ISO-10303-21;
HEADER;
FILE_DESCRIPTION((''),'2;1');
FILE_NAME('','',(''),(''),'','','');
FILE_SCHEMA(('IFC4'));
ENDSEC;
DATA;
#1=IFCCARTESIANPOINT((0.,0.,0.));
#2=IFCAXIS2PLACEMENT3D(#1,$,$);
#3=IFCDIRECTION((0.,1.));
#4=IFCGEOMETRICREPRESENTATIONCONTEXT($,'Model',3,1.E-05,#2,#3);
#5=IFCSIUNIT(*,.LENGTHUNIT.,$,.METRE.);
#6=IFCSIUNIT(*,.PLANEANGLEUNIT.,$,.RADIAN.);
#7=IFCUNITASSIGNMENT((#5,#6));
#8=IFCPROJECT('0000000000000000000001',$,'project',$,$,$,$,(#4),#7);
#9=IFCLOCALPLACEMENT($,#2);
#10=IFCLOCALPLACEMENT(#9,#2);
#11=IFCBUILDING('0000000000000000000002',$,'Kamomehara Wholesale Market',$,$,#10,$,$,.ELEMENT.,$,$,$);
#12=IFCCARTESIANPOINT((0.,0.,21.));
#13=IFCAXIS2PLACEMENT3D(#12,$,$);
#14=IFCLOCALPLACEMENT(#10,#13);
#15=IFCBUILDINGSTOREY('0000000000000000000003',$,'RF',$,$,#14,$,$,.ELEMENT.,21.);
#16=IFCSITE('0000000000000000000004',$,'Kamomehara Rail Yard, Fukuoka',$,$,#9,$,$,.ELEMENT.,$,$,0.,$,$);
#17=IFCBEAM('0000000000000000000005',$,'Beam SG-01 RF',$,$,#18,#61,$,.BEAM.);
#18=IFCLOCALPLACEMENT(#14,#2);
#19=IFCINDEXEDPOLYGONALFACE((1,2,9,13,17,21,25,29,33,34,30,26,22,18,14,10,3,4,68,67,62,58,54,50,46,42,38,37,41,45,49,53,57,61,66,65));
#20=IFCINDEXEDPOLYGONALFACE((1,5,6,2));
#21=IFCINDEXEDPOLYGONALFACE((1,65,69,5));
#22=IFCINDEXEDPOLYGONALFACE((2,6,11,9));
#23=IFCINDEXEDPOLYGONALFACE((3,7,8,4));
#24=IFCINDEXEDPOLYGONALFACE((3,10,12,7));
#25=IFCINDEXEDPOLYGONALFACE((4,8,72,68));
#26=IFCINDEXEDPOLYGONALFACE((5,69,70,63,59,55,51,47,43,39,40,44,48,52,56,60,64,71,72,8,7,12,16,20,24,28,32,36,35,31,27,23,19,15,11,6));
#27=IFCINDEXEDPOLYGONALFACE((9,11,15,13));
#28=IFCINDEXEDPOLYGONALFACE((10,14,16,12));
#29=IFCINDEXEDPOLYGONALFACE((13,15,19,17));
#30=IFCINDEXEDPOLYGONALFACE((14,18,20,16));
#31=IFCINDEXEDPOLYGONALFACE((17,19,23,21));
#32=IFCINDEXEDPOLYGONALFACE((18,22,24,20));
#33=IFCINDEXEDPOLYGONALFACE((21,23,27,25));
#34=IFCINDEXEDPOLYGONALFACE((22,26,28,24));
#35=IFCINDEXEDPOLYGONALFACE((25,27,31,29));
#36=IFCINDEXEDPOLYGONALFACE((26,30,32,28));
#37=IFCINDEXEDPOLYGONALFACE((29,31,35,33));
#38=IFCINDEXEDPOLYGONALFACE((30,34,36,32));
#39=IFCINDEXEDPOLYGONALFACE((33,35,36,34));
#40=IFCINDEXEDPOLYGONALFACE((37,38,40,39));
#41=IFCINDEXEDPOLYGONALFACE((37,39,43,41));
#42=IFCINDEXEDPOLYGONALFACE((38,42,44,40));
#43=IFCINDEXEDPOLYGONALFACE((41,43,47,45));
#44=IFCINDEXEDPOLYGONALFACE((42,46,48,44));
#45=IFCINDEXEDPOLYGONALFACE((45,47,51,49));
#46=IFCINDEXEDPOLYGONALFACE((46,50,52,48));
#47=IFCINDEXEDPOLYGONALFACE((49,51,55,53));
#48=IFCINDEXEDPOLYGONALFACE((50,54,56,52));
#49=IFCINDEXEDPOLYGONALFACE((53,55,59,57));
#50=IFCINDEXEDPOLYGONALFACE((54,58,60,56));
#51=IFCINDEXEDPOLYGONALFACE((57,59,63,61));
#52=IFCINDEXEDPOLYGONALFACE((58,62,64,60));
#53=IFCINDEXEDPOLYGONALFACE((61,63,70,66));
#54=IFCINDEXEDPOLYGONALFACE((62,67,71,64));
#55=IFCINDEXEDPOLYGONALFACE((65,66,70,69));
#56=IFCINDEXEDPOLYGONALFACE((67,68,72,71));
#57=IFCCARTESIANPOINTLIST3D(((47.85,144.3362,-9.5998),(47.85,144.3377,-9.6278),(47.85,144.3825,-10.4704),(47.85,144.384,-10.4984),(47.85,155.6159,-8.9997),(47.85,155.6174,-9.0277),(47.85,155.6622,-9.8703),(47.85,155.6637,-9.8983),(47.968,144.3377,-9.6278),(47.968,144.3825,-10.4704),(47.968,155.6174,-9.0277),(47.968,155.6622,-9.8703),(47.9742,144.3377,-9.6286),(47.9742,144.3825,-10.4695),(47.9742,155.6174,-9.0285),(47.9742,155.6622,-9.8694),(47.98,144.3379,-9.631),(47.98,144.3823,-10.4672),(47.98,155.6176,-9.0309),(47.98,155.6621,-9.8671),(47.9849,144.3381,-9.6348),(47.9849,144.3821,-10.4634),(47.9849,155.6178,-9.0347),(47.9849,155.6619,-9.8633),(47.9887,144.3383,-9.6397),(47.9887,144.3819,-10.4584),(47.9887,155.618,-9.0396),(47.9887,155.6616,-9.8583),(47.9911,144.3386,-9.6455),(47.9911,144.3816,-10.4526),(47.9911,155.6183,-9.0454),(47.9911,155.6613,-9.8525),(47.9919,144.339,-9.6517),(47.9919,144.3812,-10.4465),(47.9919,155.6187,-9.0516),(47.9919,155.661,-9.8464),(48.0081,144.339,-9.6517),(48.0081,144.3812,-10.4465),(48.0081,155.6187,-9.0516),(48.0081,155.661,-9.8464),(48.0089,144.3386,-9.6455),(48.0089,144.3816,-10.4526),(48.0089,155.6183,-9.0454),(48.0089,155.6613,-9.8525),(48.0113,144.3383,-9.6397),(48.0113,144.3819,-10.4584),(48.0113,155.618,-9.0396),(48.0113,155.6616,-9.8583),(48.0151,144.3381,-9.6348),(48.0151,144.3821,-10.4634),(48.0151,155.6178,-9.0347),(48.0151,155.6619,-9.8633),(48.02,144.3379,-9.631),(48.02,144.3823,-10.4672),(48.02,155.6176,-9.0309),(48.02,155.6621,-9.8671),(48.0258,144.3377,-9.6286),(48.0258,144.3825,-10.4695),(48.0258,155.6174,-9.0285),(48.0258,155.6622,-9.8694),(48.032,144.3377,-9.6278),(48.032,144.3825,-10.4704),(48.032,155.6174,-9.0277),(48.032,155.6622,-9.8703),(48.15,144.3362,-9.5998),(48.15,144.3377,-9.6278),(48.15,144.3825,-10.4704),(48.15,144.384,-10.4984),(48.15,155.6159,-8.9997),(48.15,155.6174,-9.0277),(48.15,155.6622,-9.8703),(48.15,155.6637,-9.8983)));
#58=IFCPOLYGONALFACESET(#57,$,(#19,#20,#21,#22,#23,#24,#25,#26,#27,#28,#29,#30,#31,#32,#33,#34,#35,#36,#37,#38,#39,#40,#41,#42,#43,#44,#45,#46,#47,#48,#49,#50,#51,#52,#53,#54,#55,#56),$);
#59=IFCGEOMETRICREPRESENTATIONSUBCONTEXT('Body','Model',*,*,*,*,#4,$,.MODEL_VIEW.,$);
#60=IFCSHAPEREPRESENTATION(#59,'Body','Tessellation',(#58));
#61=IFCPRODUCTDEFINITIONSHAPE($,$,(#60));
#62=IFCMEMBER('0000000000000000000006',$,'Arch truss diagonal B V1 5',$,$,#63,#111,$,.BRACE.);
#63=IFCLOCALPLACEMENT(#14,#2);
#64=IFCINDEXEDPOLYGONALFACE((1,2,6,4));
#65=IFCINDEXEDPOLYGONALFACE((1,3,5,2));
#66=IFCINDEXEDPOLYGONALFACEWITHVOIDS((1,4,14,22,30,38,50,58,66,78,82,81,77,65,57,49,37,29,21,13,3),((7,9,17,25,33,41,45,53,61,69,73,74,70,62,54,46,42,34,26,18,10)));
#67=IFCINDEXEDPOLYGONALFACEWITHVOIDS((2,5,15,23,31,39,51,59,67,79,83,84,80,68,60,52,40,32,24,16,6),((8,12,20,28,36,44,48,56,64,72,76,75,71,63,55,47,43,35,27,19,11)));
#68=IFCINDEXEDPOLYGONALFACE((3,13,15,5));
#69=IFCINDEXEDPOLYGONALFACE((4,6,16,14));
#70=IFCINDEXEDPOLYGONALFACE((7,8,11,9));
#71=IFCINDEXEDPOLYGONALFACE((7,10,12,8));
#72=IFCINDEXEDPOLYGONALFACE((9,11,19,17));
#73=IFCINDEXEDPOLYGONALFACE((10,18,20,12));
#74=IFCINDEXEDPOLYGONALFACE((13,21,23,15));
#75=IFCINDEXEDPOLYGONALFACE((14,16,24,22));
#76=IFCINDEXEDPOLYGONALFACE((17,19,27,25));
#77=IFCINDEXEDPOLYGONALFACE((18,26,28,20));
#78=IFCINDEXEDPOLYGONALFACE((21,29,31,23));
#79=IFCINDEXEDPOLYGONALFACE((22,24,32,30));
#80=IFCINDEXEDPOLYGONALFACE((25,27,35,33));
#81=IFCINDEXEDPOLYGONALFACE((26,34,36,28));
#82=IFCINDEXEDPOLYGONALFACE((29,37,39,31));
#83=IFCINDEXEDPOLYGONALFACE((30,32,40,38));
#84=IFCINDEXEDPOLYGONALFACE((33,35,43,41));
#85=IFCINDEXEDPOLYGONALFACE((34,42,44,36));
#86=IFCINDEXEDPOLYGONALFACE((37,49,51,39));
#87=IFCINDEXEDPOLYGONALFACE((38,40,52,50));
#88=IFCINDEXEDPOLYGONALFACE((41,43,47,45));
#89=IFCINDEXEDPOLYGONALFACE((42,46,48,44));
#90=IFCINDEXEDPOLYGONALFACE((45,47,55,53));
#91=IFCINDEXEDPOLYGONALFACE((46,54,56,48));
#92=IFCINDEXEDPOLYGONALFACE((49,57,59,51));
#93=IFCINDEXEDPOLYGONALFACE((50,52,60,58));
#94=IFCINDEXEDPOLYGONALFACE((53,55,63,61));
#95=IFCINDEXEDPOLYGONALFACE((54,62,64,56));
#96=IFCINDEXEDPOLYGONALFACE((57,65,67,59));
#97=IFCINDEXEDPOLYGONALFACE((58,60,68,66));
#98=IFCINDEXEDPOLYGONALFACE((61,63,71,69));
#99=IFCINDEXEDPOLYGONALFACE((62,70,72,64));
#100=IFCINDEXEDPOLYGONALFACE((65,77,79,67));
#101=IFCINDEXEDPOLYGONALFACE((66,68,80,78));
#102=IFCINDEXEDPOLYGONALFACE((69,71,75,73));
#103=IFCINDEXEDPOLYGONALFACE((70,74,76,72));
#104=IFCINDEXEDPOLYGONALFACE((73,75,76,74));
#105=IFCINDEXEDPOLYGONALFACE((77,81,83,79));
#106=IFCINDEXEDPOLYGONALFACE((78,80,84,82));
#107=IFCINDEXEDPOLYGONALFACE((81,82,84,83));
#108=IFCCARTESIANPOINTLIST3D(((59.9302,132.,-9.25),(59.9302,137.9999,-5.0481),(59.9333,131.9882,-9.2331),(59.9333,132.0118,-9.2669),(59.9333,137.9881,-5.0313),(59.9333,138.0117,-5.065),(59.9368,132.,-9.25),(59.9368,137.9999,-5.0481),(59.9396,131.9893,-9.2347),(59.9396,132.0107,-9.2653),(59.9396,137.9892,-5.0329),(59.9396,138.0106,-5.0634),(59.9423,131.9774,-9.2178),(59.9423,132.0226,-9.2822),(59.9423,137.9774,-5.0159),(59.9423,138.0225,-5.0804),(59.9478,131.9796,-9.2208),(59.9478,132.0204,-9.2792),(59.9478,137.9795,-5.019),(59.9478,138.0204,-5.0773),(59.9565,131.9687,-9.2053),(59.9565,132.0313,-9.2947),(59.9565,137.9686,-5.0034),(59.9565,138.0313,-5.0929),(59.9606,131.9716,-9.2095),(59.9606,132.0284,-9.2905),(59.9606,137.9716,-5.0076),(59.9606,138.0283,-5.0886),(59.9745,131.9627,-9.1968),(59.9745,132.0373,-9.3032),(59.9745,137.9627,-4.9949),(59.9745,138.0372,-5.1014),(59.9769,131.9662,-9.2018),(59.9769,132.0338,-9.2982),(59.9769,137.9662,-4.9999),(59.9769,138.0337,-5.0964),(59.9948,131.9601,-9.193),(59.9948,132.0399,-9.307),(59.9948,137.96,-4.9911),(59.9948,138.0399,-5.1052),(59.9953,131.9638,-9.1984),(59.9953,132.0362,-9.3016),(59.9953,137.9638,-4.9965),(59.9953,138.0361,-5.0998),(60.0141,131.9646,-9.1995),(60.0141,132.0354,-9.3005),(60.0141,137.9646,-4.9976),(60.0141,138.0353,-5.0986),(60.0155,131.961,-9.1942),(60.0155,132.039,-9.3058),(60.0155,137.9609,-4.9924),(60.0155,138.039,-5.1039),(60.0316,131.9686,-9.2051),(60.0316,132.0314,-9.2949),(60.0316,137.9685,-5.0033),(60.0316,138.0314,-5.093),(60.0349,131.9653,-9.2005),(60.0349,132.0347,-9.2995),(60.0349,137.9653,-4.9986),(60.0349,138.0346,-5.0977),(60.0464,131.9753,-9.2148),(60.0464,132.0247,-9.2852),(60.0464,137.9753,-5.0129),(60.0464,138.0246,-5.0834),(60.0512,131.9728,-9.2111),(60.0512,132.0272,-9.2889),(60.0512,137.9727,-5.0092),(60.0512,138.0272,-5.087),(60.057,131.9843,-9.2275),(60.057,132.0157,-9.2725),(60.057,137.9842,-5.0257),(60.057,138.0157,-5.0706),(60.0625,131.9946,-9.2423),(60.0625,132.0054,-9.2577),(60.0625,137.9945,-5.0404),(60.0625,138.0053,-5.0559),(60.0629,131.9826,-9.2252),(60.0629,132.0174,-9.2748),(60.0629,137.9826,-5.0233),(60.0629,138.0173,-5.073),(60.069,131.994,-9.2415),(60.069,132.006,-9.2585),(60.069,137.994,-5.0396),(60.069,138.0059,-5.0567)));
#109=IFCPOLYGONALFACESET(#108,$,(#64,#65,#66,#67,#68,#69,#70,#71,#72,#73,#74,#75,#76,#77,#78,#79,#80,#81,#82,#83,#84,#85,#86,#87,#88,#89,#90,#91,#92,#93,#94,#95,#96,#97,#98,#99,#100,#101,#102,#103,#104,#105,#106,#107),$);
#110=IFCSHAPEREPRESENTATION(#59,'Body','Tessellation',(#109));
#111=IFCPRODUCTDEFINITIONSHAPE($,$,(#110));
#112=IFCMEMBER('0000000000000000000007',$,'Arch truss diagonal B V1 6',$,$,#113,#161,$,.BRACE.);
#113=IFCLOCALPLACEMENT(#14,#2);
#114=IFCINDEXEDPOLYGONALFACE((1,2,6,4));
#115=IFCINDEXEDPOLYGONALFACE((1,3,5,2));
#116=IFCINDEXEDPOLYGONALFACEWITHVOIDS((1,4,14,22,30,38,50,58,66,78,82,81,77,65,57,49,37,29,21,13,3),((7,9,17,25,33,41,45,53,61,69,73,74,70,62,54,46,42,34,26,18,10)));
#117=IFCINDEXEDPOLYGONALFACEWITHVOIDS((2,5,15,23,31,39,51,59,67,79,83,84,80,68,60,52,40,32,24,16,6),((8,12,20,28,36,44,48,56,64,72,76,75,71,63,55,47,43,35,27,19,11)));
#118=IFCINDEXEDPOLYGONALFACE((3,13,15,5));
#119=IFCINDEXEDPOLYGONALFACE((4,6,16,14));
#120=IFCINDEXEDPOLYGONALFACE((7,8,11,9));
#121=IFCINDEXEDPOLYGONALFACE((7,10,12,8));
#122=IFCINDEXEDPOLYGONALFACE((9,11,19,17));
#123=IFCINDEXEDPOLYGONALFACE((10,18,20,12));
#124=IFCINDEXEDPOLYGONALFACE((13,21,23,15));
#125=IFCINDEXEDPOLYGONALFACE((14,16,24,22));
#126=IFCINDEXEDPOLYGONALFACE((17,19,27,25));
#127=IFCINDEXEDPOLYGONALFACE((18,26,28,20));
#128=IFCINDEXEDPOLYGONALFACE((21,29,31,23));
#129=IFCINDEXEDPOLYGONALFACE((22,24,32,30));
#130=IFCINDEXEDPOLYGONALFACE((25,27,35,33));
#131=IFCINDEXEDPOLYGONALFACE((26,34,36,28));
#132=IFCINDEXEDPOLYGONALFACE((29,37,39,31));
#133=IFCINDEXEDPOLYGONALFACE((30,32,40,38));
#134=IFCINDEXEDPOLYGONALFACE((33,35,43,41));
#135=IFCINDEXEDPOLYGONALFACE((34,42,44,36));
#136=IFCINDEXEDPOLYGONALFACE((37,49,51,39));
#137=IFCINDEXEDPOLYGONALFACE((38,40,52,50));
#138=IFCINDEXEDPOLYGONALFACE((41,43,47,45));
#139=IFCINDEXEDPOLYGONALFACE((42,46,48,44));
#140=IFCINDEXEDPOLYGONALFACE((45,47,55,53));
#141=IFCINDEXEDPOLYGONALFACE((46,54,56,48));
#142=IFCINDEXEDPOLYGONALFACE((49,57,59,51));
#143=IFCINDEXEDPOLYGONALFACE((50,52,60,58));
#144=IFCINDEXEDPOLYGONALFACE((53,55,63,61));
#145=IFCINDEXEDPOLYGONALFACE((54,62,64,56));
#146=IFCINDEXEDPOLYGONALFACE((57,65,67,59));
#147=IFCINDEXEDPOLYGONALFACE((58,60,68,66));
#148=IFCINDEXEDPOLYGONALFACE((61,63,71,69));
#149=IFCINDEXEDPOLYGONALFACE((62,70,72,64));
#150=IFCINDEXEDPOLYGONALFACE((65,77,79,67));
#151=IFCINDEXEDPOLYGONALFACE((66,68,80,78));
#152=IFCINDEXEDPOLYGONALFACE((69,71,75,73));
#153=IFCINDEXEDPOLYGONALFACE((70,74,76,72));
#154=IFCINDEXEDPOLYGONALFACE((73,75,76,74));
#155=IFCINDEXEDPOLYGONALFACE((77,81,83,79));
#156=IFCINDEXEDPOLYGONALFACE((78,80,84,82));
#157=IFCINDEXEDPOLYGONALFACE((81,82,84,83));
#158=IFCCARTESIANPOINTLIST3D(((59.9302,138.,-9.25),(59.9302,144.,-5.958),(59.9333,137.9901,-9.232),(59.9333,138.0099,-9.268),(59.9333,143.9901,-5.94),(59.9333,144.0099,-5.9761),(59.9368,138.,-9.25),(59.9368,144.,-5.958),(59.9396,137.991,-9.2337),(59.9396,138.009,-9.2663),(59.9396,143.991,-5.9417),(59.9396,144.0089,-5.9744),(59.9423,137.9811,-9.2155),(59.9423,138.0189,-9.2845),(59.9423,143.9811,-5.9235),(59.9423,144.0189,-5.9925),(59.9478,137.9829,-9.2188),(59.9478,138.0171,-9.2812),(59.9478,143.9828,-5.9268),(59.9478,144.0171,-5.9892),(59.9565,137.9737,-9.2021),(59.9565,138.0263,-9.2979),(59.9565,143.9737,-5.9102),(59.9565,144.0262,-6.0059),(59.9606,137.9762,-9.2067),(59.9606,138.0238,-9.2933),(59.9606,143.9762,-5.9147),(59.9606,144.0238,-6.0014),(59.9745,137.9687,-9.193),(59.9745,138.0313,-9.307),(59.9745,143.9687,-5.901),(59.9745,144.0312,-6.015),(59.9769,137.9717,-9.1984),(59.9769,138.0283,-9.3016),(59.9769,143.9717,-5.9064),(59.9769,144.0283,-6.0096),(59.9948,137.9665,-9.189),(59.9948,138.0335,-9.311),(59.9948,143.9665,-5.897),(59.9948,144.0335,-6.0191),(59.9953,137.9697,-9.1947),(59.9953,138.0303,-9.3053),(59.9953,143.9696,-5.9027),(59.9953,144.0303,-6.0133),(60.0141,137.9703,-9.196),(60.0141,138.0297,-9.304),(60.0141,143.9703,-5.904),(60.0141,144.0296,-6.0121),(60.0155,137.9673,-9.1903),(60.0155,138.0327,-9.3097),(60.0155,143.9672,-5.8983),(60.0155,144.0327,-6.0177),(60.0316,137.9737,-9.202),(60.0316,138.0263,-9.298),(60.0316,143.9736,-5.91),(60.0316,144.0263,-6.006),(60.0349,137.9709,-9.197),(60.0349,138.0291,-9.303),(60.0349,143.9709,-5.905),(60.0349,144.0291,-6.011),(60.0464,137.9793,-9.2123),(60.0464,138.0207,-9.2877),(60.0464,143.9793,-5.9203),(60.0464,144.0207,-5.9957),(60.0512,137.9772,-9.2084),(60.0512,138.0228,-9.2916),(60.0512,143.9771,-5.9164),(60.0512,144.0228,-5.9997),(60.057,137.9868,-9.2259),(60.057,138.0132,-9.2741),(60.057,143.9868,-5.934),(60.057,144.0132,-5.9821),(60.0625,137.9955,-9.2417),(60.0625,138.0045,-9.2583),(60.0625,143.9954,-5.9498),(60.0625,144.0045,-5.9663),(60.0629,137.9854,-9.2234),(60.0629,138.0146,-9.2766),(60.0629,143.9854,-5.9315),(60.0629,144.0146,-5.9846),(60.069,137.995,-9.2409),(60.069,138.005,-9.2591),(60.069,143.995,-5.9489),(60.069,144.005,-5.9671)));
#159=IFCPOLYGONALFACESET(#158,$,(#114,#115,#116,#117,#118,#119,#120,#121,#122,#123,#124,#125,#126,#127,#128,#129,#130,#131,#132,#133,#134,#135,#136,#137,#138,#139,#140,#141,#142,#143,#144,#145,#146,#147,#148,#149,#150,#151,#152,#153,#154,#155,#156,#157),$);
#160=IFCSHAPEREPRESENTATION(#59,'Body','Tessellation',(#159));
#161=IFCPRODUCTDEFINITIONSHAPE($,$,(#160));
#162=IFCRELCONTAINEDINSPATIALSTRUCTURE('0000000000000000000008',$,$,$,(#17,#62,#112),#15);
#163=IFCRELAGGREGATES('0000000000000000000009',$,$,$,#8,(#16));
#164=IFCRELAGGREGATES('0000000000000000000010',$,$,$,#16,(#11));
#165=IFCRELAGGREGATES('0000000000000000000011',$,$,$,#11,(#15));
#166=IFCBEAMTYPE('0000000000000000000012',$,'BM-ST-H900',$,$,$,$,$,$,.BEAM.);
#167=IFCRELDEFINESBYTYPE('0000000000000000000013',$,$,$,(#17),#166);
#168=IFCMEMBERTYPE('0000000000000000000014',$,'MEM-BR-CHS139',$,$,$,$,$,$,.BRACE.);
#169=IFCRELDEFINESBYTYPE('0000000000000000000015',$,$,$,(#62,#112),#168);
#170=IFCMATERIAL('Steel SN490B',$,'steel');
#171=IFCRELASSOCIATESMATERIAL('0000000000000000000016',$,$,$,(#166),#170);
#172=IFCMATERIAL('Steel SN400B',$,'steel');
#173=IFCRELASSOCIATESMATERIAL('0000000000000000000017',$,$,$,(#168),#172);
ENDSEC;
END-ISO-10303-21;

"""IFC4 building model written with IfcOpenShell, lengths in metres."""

from ifc_helpers import new_model, si_unit, direction, frame, origin, origin_2d, place, context, subcontext, project, spatial, hollow_circle, i_section, extrude, material, material_profile, profile_set, type_object, element, save


model = new_model("IFC4")

# Units and contexts
model_context = context("Model", 3, precision=1e-05, world=origin(), true_north=direction((0.0, 1.0)))
body_context = subcontext(model_context, "Body", "Model", "MODEL_VIEW")
ifc_project = project(units=[si_unit("LENGTHUNIT", "METRE"), si_unit("PLANEANGLEUNIT", "RADIAN")], contexts=[model_context])

# Site, building, storey
site_placement = place(None, origin())
site = spatial("IfcSite", under=ifc_project, at=site_placement, Name="Kamomehara Rail Yard, Fukuoka", CompositionType="ELEMENT", RefElevation=0.0)
building_placement = place(site_placement, origin())
building = spatial("IfcBuilding", under=site, at=building_placement, Name="Kamomehara Wholesale Market", CompositionType="ELEMENT")
storey_placement = place(building_placement, frame((0.0, 0.0, 21.0)))
storey = spatial("IfcBuildingStorey", under=building, at=storey_placement, Name="RF", CompositionType="ELEMENT", Elevation=21.0)

# Beam
ifc_material_1 = material(Name="Steel SN490B", Category="steel")
ifc_material_profile_1 = material_profile(ifc_material_1, i_section(OverallWidth=0.3, OverallDepth=0.8999, WebThickness=0.0161, FlangeThickness=0.0281, FilletRadius=0.0239, at=origin_2d()), Name="H-900x300x16x28")
ifc_profile_set_1 = profile_set([ifc_material_profile_1], Name="Steel SN490B")
beam_type_1 = type_object("IfcBeamType", Name="BM-ST-H900", PredefinedType="BEAM", material=ifc_profile_set_1)
beam_1_placement = place(storey_placement, frame((48.0, 144.3601, -10.0491), z_axis=(0.0, 0.998588, 0.053126), x_axis=(-1.0, 0.0, 0.0)))
element("IfcBeam", 1, at=beam_1_placement, inside=storey, type_object=beam_type_1, Name="Beam SG-01 RF", PredefinedType="BEAM", context=body_context, shape_type="SweptSolid", body=[
    extrude(i_section(OverallWidth=0.3, OverallDepth=0.8999, WebThickness=0.0161, FlangeThickness=0.0281, FilletRadius=0.0239, at=origin_2d()), origin(), (0.0, 0.0, 1.0), 11.2957),
])

# Members
ifc_material_2 = material(Name="Steel SN400B", Category="steel")
ifc_material_profile_2 = material_profile(ifc_material_2, hollow_circle(Radius=0.0698, WallThickness=0.0066, at=origin_2d()), Name="CHS-139.8x6.6")
ifc_profile_set_2 = profile_set([ifc_material_profile_2], Name="Steel SN400B")
member_type_1 = type_object("IfcMemberType", Name="MEM-BR-CHS139", PredefinedType="BRACE", material=ifc_profile_set_2)
member_1_placement = place(storey_placement, frame((60.0, 132.0, -9.25), z_axis=(0.0, 0.81911, 0.573637), x_axis=(-1.0, 0.0, 0.0)))
element("IfcMember", 2, at=member_1_placement, inside=storey, type_object=member_type_1, Name="Arch truss diagonal B V1 5", PredefinedType="BRACE", context=body_context, shape_type="SweptSolid", body=[
    extrude(hollow_circle(Radius=0.0698, WallThickness=0.0066, at=origin_2d()), origin(), (0.0, 0.0, 1.0), 7.325),
])
member_2_placement = place(storey_placement, frame((60.0, 138.0, -9.25), z_axis=(0.0, 0.87671, 0.48102), x_axis=(-1.0, 0.0, 0.0)))
element("IfcMember", 3, at=member_2_placement, inside=storey, type_object=member_type_1, Name="Arch truss diagonal B V1 6", PredefinedType="BRACE", context=body_context, shape_type="SweptSolid", body=[
    extrude(hollow_circle(Radius=0.0698, WallThickness=0.0066, at=origin_2d()), origin(), (0.0, 0.0, 1.0), 6.8438),
])

save(model, "model.ifc")
